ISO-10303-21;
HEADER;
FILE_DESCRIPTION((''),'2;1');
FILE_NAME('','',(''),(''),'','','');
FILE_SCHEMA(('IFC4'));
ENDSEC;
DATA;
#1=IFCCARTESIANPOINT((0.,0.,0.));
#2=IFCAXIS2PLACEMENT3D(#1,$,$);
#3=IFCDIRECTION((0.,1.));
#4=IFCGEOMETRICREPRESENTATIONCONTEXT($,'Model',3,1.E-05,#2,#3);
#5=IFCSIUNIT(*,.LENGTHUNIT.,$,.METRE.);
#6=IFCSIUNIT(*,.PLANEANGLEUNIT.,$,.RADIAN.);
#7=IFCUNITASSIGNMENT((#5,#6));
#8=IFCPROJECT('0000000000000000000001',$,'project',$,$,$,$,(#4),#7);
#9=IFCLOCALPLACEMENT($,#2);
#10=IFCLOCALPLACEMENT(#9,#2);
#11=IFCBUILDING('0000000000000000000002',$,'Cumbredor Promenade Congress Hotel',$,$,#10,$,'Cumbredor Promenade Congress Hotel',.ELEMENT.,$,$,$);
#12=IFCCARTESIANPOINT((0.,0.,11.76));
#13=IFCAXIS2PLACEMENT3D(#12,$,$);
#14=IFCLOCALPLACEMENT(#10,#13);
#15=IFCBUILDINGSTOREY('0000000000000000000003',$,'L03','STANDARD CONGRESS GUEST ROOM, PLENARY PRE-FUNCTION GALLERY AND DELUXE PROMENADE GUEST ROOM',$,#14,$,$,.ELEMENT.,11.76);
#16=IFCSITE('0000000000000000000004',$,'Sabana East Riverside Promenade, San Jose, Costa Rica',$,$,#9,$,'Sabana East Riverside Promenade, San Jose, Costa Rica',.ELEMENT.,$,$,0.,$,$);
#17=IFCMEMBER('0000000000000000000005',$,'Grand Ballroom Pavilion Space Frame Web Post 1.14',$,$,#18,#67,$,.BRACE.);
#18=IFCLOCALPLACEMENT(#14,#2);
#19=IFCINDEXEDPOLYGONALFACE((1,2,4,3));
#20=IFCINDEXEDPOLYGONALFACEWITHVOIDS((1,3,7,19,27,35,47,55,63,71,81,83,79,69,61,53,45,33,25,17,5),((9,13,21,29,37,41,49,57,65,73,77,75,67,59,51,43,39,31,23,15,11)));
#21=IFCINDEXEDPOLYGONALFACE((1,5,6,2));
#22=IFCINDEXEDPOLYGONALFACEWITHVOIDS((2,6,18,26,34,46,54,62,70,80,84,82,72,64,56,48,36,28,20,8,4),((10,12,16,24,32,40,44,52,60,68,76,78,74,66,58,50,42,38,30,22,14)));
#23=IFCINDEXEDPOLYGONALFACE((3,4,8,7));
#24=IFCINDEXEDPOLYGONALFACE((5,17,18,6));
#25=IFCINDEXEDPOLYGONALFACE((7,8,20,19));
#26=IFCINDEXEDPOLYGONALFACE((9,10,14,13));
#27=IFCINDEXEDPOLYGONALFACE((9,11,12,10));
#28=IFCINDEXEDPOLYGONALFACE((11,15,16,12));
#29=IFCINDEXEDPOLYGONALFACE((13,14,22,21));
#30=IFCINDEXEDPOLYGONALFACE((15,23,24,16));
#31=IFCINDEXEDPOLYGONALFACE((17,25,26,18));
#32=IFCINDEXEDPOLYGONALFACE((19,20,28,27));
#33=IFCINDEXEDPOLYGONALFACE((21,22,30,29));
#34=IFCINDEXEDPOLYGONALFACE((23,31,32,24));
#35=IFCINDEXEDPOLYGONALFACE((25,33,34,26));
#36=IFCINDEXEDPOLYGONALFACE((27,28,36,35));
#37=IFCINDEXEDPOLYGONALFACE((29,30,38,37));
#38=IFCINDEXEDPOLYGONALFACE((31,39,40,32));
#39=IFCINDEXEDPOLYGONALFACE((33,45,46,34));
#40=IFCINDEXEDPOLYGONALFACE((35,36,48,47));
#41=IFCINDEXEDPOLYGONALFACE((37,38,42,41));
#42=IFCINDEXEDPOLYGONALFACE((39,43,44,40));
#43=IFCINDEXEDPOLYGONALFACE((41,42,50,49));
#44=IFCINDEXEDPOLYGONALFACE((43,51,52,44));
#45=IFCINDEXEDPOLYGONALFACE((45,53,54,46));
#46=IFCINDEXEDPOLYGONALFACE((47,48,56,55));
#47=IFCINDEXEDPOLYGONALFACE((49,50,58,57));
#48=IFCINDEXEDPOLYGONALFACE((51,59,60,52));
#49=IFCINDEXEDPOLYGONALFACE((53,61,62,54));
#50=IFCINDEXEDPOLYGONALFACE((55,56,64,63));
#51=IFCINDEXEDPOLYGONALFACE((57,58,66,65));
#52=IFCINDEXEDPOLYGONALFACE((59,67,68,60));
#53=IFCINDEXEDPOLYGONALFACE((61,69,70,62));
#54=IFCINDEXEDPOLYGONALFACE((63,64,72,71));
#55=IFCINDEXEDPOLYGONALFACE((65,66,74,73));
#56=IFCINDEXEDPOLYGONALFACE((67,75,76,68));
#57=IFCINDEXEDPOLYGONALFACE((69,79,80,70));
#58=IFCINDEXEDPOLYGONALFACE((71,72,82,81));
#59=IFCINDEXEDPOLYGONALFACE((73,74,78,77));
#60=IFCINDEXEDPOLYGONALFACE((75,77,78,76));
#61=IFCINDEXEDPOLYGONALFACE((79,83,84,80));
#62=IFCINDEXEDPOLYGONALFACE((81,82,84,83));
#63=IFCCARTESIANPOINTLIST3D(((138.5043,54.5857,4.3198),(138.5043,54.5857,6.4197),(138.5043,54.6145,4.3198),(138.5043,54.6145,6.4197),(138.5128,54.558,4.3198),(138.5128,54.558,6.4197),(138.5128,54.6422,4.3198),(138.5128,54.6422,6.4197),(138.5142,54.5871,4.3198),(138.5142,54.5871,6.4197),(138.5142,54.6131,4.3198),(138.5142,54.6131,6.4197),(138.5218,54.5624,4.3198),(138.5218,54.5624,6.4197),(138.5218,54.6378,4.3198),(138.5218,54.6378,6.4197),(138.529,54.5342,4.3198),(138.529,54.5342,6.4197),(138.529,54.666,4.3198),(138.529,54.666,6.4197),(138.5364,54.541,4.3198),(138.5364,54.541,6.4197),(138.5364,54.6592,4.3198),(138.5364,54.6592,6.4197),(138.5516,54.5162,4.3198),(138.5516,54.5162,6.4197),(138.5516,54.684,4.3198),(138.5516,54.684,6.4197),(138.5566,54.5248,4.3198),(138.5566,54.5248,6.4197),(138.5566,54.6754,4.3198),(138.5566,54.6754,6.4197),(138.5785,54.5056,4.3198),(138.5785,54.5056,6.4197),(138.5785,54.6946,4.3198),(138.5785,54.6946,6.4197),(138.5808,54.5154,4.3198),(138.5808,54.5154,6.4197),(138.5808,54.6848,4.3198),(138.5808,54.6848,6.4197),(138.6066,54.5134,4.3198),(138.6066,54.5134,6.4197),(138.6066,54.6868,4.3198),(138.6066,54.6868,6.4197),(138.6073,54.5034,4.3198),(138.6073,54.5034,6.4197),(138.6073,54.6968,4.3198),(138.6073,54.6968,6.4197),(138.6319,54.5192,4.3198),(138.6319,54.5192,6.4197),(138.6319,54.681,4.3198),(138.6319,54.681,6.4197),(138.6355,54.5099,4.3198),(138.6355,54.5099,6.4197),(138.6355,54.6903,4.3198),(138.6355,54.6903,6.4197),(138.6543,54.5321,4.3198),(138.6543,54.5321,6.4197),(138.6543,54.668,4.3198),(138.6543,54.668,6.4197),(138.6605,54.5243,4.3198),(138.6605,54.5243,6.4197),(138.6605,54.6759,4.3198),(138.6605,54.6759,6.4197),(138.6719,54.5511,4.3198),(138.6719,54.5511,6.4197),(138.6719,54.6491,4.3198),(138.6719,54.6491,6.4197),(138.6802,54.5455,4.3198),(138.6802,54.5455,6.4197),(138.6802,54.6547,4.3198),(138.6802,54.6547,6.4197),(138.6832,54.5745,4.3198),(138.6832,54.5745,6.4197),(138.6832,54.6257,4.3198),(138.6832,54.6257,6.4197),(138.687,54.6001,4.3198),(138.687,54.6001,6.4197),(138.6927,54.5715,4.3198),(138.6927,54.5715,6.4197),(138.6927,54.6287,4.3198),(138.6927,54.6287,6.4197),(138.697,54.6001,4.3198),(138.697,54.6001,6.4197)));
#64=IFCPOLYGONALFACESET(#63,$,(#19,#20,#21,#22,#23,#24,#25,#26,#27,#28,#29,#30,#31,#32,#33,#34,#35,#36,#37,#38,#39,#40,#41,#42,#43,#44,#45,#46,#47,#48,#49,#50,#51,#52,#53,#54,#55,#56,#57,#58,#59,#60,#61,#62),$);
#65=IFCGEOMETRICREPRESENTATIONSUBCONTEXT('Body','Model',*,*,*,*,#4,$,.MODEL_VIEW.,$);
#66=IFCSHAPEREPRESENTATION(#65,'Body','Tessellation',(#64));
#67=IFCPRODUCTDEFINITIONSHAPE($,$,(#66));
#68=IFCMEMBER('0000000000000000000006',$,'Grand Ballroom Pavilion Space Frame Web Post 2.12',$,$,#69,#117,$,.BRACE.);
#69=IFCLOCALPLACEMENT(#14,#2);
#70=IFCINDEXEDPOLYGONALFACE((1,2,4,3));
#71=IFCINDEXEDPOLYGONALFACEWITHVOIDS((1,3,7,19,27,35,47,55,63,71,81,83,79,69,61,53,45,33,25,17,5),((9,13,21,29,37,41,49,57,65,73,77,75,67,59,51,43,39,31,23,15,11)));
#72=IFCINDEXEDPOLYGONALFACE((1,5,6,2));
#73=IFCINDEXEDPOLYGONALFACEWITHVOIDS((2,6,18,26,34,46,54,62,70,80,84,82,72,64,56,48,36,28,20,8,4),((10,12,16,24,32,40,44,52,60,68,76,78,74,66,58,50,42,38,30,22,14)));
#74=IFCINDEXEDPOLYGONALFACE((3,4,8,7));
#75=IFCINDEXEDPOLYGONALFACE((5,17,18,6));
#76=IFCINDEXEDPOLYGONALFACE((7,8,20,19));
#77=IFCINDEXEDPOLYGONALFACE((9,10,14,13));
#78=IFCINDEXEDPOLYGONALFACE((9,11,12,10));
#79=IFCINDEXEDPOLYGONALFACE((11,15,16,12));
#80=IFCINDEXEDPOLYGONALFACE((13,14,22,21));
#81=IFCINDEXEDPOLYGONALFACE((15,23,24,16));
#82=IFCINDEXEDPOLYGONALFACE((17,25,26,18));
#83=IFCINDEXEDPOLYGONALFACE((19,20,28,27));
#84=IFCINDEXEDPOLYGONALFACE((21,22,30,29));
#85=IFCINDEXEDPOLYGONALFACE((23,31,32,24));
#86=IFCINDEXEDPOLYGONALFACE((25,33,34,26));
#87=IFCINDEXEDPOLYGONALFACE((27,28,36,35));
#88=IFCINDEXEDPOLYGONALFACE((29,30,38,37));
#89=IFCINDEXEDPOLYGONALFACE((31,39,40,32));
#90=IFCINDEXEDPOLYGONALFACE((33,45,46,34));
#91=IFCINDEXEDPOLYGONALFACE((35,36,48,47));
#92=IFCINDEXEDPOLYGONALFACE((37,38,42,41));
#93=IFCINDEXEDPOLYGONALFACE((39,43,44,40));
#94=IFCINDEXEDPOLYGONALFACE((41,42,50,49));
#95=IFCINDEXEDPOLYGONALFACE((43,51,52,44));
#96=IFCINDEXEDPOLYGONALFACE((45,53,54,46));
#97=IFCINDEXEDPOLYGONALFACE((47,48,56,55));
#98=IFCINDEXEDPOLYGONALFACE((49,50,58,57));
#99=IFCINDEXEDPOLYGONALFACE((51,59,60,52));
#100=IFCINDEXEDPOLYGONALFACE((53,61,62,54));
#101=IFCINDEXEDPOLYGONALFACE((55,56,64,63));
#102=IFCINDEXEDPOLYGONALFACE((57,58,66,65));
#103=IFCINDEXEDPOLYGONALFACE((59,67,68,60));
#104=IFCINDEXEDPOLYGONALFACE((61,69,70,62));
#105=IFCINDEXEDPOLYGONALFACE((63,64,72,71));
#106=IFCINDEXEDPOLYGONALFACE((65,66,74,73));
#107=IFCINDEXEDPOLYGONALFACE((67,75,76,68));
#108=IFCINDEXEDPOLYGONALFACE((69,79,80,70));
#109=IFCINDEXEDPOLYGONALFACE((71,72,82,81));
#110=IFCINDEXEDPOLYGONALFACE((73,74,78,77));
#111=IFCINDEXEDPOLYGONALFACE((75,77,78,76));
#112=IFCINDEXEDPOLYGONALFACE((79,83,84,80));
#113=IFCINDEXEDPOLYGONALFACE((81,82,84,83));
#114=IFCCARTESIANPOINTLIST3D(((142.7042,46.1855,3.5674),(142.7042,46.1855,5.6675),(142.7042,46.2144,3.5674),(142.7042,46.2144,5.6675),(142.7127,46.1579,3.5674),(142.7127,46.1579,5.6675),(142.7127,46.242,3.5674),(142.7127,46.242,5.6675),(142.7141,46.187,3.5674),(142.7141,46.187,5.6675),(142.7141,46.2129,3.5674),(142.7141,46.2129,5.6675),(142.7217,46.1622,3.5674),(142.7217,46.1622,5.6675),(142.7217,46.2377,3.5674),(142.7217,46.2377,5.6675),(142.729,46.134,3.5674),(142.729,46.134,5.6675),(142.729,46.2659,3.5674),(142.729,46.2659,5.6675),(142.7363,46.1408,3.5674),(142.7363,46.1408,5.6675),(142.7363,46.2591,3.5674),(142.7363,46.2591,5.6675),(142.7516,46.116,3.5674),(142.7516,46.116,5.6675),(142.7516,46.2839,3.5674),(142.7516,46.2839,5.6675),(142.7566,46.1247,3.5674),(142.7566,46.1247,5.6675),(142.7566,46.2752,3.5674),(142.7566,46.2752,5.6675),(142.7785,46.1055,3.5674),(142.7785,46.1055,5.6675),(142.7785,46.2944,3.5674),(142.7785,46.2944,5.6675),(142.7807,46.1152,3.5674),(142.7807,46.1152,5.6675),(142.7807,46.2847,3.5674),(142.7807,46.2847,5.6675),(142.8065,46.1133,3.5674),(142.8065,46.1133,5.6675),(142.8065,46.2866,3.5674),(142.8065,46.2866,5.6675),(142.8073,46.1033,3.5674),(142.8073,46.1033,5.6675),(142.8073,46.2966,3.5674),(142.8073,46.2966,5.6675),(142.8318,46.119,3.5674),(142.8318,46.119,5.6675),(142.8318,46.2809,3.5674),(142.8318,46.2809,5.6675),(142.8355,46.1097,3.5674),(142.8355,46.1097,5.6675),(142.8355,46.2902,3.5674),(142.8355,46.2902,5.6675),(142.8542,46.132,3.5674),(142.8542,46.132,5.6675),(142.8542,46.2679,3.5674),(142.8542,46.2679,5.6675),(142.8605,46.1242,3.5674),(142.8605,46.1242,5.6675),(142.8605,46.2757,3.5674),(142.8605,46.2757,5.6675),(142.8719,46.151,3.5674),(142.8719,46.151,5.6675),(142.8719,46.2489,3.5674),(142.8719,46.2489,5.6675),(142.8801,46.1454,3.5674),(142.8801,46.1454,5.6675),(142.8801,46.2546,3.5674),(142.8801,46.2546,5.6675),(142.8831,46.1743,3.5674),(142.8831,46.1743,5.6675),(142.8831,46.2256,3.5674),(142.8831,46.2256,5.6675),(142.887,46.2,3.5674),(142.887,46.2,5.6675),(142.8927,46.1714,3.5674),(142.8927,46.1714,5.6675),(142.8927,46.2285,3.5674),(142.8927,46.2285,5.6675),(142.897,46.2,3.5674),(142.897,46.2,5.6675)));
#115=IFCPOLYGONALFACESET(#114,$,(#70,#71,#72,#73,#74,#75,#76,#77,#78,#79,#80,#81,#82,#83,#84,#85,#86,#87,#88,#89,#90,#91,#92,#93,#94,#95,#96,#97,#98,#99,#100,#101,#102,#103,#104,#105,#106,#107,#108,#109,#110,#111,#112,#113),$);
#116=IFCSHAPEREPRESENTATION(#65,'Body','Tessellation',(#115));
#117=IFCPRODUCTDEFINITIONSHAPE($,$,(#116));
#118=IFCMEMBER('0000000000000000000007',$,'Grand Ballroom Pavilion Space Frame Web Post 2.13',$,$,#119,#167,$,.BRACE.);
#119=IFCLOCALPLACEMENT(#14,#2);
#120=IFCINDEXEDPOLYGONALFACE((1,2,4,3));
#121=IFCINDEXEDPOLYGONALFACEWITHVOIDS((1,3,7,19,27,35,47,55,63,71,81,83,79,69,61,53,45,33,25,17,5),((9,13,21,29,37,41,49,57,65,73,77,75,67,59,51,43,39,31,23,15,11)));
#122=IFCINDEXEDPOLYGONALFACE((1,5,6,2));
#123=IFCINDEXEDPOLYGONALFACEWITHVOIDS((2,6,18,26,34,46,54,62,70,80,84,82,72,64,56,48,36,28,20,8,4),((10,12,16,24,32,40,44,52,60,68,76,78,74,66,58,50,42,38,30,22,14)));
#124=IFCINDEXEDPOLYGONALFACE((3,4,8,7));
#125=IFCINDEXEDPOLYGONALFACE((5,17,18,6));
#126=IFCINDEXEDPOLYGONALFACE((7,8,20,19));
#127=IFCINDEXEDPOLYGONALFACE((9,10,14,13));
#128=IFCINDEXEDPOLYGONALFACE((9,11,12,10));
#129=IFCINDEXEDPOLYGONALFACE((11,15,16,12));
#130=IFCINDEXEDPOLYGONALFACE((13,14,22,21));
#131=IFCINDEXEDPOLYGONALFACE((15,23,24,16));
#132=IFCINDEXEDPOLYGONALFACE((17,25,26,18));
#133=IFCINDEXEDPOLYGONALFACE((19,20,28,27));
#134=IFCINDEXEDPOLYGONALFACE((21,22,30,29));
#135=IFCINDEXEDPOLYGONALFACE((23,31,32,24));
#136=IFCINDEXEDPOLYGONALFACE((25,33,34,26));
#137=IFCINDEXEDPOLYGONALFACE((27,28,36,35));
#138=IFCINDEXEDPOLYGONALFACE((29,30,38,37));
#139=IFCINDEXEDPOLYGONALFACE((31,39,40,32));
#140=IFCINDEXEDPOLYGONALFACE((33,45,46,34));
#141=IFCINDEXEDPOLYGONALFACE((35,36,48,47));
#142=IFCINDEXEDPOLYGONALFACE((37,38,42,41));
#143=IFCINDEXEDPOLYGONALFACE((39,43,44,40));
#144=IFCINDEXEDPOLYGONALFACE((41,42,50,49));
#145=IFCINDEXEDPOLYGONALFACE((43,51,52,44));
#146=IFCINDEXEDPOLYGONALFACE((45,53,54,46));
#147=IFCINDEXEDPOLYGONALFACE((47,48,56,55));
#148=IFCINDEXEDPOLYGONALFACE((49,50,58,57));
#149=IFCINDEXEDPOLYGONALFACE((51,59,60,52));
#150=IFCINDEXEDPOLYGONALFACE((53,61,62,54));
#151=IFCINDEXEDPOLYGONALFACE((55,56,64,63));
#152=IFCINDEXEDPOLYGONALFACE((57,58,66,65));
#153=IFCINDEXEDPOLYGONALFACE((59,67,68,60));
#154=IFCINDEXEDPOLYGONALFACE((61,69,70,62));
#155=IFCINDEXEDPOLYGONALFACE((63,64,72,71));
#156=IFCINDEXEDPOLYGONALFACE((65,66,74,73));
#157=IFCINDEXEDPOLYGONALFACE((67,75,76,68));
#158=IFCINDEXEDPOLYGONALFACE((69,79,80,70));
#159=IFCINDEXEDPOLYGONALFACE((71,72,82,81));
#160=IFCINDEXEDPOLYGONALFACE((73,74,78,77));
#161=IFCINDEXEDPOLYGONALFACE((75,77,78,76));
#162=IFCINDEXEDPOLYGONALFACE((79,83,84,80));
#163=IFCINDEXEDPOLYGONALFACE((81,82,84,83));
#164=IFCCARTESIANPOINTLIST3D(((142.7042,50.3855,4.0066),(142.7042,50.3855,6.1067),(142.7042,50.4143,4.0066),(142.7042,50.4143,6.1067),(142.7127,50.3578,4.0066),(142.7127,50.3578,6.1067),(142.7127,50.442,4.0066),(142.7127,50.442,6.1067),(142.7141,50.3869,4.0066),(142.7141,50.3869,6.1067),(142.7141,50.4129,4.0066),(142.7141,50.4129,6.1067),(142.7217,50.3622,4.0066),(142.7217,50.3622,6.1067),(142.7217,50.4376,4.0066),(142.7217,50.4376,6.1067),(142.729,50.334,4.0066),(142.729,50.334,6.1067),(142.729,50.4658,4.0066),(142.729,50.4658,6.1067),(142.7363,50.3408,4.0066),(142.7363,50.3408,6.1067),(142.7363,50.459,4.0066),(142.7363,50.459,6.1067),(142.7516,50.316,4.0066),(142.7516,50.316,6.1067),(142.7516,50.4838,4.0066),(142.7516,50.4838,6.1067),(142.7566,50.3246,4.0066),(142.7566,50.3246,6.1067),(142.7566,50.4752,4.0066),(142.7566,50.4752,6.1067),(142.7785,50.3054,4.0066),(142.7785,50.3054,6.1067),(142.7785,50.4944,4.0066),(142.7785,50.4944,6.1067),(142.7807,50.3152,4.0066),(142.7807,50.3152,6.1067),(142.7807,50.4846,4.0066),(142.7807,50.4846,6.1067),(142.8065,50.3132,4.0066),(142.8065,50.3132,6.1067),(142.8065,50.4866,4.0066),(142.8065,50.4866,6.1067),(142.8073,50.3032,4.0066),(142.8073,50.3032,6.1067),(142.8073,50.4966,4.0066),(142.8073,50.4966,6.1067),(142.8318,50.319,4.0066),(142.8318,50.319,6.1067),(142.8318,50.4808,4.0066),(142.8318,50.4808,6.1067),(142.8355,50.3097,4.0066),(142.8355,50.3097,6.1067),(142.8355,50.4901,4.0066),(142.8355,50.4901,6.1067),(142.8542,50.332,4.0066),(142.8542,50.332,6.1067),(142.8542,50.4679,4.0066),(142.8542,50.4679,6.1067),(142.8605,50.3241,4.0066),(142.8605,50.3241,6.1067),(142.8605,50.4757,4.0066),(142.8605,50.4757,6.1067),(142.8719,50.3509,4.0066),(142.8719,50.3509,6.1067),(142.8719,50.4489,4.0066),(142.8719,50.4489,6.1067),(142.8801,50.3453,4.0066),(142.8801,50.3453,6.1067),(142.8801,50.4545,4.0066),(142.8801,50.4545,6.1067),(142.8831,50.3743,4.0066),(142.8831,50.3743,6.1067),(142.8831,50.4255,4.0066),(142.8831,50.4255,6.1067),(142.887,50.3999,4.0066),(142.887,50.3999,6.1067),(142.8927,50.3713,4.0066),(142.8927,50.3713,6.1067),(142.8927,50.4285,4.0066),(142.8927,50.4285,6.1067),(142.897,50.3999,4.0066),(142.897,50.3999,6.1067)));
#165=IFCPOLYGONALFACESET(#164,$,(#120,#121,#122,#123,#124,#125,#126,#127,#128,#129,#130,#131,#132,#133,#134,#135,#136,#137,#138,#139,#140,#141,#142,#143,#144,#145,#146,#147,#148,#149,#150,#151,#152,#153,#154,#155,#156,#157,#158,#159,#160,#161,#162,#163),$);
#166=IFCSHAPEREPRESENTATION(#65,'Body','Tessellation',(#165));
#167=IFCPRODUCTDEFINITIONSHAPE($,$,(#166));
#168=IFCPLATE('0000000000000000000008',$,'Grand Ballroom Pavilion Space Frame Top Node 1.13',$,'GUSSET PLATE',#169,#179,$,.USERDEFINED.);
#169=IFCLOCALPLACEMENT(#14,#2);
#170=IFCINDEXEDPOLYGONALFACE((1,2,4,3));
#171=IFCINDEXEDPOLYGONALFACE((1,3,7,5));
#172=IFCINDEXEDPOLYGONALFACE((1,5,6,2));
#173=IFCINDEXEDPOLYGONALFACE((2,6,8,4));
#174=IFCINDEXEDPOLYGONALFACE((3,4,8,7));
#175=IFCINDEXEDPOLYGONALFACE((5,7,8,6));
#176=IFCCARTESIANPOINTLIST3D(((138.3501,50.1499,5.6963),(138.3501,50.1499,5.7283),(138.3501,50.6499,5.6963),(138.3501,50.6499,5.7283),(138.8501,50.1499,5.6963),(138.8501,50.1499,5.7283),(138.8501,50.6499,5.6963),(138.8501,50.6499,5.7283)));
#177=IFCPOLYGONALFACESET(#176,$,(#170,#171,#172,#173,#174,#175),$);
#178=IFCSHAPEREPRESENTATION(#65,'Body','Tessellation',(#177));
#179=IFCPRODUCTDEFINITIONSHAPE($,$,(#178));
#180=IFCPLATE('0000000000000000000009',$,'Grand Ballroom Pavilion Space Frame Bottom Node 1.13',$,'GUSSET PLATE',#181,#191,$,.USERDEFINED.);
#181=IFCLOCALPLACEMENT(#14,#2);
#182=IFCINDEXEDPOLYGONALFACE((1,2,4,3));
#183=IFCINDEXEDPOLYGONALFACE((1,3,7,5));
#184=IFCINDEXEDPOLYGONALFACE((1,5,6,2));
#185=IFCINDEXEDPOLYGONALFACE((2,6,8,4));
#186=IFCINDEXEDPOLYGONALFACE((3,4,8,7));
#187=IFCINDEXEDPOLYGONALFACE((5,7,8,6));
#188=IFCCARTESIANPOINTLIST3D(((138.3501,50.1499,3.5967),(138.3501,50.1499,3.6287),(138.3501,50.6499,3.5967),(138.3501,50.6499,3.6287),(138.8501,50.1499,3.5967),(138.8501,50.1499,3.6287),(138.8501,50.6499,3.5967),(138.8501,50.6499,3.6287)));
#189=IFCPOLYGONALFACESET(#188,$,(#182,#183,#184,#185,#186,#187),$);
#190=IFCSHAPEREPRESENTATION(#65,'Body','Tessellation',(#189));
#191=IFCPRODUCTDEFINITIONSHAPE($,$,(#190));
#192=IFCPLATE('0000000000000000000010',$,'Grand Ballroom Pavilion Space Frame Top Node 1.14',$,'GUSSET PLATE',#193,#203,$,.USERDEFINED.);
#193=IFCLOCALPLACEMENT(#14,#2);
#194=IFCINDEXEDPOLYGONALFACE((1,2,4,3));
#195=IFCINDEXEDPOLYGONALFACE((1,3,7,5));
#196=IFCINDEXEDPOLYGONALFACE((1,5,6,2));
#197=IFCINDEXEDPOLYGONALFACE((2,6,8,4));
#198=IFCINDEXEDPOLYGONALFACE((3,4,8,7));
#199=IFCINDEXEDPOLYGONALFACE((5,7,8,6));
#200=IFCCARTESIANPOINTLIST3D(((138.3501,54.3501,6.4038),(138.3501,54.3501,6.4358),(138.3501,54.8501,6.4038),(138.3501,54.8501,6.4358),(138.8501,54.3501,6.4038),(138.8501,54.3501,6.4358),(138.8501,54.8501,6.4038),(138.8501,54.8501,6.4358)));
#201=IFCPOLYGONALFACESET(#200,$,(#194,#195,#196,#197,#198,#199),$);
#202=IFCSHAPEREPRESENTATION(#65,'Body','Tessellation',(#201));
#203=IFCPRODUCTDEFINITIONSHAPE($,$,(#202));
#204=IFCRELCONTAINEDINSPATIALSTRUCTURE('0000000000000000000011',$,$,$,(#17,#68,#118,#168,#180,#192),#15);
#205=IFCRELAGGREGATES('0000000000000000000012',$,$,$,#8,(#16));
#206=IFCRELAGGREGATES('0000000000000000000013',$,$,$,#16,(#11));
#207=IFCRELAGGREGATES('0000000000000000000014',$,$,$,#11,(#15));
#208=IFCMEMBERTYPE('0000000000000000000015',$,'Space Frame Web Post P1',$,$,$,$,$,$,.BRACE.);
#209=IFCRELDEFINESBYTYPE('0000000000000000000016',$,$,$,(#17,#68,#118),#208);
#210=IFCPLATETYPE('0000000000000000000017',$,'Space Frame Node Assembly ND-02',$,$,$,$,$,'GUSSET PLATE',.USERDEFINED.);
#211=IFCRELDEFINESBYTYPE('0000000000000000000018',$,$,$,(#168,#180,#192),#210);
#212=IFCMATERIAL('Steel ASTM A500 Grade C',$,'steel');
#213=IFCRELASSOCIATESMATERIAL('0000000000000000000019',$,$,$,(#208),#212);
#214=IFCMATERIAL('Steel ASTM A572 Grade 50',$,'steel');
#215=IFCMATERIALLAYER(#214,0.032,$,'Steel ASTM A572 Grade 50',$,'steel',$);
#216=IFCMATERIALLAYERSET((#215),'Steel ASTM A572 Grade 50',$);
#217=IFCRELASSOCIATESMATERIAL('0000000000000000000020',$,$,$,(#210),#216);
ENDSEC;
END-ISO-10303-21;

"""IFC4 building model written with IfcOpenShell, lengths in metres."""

from ifc_helpers import new_model, si_unit, direction, frame, origin, origin_2d, place, context, subcontext, project, spatial, rectangle, hollow_circle, extrude, material, layer, layer_set, material_profile, profile_set, type_object, element, save


model = new_model("IFC4")

# Units and contexts
model_context = context("Model", 3, precision=1e-05, world=origin(), true_north=direction((0.0, 1.0)))
body_context = subcontext(model_context, "Body", "Model", "MODEL_VIEW")
ifc_project = project(units=[si_unit("LENGTHUNIT", "METRE"), si_unit("PLANEANGLEUNIT", "RADIAN")], contexts=[model_context])

# Site, building, storey
site_placement = place(None, origin())
site = spatial("IfcSite", under=ifc_project, at=site_placement, Name="Sabana East Riverside Promenade, San Jose, Costa Rica", LongName="Sabana East Riverside Promenade, San Jose, Costa Rica", CompositionType="ELEMENT", RefElevation=0.0)
building_placement = place(site_placement, origin())
building = spatial("IfcBuilding", under=site, at=building_placement, Name="Cumbredor Promenade Congress Hotel", LongName="Cumbredor Promenade Congress Hotel", CompositionType="ELEMENT")
storey_placement = place(building_placement, frame((0.0, 0.0, 11.76)))
storey = spatial("IfcBuildingStorey", under=building, at=storey_placement, Name="L03", Description="STANDARD CONGRESS GUEST ROOM, PLENARY PRE-FUNCTION GALLERY AND DELUXE PROMENADE GUEST ROOM", CompositionType="ELEMENT", Elevation=11.76)

# Members
ifc_material_1 = material(Name="Steel ASTM A500 Grade C", Category="steel")
ifc_material_profile_1 = material_profile(ifc_material_1, hollow_circle(Radius=0.0969, WallThickness=0.01, at=origin_2d()), Name="CHS 193.7x10")
ifc_profile_set_1 = profile_set([ifc_material_profile_1], Name="Steel ASTM A500 Grade C")
member_type_1 = type_object("IfcMemberType", Name="Space Frame Web Post P1", PredefinedType="BRACE", material=ifc_profile_set_1)
for number, where, z_axis, x_axis, name in (
    (1, (138.6001, 54.6001, 4.3198), (0.0, 0.0, 1.0), (1.0, 0.0, 0.0), "Grand Ballroom Pavilion Space Frame Web Post 1.14"),
):
    element("IfcMember", number, at=place(storey_placement, frame(where, z_axis=z_axis, x_axis=x_axis)), inside=storey, type_object=member_type_1, Name=name, PredefinedType="BRACE", context=body_context, shape_type="SweptSolid", body=[
        extrude(hollow_circle(Radius=0.0969, WallThickness=0.01, at=origin_2d()), origin(), (0.0, 0.0, 1.0), 2.0999),
    ])
for number, where, z_axis, x_axis, name in (
    (2, (142.8, 46.2, 3.5674), (0.0, 0.0, 1.0), (1.0, 0.0, 0.0), "Grand Ballroom Pavilion Space Frame Web Post 2.12"),
    (3, (142.8, 50.3999, 4.0066), (0.0, 0.0, 1.0), (1.0, 0.0, 0.0), "Grand Ballroom Pavilion Space Frame Web Post 2.13"),
):
    element("IfcMember", number, at=place(storey_placement, frame(where, z_axis=z_axis, x_axis=x_axis)), inside=storey, type_object=member_type_1, Name=name, PredefinedType="BRACE", context=body_context, shape_type="SweptSolid", body=[
        extrude(hollow_circle(Radius=0.0969, WallThickness=0.01, at=origin_2d()), origin(), (0.0, 0.0, 1.0), 2.1001),
    ])

# Plates
ifc_material_2 = material(Name="Steel ASTM A572 Grade 50", Category="steel")
ifc_layer = layer(ifc_material_2, 0.032, Name="Steel ASTM A572 Grade 50", Category="steel")
ifc_layer_set = layer_set([ifc_layer], Name="Steel ASTM A572 Grade 50")
plate_type = type_object("IfcPlateType", Name="Space Frame Node Assembly ND-02", ElementType="GUSSET PLATE", PredefinedType="USERDEFINED", material=ifc_layer_set)
for number, where, z_axis, x_axis, name in (
    (4, (138.6001, 50.3999, 5.6963), (0.0, 0.0, 1.0), (1.0, 0.0, 0.0), "Grand Ballroom Pavilion Space Frame Top Node 1.13"),
    (5, (138.6001, 50.3999, 3.5967), (0.0, 0.0, 1.0), (1.0, 0.0, 0.0), "Grand Ballroom Pavilion Space Frame Bottom Node 1.13"),
    (6, (138.6001, 54.6001, 6.4038), (0.0, 0.0, 1.0), (1.0, 0.0, 0.0), "Grand Ballroom Pavilion Space Frame Top Node 1.14"),
):
    element("IfcPlate", number, at=place(storey_placement, frame(where, z_axis=z_axis, x_axis=x_axis)), inside=storey, type_object=plate_type, Name=name, ObjectType="GUSSET PLATE", PredefinedType="USERDEFINED", context=body_context, shape_type="SweptSolid", body=[
        extrude(rectangle(XDim=0.5, YDim=0.5, at=origin_2d()), origin(), (0.0, 0.0, 1.0), 0.032),
    ])

save(model, "model.ifc")
